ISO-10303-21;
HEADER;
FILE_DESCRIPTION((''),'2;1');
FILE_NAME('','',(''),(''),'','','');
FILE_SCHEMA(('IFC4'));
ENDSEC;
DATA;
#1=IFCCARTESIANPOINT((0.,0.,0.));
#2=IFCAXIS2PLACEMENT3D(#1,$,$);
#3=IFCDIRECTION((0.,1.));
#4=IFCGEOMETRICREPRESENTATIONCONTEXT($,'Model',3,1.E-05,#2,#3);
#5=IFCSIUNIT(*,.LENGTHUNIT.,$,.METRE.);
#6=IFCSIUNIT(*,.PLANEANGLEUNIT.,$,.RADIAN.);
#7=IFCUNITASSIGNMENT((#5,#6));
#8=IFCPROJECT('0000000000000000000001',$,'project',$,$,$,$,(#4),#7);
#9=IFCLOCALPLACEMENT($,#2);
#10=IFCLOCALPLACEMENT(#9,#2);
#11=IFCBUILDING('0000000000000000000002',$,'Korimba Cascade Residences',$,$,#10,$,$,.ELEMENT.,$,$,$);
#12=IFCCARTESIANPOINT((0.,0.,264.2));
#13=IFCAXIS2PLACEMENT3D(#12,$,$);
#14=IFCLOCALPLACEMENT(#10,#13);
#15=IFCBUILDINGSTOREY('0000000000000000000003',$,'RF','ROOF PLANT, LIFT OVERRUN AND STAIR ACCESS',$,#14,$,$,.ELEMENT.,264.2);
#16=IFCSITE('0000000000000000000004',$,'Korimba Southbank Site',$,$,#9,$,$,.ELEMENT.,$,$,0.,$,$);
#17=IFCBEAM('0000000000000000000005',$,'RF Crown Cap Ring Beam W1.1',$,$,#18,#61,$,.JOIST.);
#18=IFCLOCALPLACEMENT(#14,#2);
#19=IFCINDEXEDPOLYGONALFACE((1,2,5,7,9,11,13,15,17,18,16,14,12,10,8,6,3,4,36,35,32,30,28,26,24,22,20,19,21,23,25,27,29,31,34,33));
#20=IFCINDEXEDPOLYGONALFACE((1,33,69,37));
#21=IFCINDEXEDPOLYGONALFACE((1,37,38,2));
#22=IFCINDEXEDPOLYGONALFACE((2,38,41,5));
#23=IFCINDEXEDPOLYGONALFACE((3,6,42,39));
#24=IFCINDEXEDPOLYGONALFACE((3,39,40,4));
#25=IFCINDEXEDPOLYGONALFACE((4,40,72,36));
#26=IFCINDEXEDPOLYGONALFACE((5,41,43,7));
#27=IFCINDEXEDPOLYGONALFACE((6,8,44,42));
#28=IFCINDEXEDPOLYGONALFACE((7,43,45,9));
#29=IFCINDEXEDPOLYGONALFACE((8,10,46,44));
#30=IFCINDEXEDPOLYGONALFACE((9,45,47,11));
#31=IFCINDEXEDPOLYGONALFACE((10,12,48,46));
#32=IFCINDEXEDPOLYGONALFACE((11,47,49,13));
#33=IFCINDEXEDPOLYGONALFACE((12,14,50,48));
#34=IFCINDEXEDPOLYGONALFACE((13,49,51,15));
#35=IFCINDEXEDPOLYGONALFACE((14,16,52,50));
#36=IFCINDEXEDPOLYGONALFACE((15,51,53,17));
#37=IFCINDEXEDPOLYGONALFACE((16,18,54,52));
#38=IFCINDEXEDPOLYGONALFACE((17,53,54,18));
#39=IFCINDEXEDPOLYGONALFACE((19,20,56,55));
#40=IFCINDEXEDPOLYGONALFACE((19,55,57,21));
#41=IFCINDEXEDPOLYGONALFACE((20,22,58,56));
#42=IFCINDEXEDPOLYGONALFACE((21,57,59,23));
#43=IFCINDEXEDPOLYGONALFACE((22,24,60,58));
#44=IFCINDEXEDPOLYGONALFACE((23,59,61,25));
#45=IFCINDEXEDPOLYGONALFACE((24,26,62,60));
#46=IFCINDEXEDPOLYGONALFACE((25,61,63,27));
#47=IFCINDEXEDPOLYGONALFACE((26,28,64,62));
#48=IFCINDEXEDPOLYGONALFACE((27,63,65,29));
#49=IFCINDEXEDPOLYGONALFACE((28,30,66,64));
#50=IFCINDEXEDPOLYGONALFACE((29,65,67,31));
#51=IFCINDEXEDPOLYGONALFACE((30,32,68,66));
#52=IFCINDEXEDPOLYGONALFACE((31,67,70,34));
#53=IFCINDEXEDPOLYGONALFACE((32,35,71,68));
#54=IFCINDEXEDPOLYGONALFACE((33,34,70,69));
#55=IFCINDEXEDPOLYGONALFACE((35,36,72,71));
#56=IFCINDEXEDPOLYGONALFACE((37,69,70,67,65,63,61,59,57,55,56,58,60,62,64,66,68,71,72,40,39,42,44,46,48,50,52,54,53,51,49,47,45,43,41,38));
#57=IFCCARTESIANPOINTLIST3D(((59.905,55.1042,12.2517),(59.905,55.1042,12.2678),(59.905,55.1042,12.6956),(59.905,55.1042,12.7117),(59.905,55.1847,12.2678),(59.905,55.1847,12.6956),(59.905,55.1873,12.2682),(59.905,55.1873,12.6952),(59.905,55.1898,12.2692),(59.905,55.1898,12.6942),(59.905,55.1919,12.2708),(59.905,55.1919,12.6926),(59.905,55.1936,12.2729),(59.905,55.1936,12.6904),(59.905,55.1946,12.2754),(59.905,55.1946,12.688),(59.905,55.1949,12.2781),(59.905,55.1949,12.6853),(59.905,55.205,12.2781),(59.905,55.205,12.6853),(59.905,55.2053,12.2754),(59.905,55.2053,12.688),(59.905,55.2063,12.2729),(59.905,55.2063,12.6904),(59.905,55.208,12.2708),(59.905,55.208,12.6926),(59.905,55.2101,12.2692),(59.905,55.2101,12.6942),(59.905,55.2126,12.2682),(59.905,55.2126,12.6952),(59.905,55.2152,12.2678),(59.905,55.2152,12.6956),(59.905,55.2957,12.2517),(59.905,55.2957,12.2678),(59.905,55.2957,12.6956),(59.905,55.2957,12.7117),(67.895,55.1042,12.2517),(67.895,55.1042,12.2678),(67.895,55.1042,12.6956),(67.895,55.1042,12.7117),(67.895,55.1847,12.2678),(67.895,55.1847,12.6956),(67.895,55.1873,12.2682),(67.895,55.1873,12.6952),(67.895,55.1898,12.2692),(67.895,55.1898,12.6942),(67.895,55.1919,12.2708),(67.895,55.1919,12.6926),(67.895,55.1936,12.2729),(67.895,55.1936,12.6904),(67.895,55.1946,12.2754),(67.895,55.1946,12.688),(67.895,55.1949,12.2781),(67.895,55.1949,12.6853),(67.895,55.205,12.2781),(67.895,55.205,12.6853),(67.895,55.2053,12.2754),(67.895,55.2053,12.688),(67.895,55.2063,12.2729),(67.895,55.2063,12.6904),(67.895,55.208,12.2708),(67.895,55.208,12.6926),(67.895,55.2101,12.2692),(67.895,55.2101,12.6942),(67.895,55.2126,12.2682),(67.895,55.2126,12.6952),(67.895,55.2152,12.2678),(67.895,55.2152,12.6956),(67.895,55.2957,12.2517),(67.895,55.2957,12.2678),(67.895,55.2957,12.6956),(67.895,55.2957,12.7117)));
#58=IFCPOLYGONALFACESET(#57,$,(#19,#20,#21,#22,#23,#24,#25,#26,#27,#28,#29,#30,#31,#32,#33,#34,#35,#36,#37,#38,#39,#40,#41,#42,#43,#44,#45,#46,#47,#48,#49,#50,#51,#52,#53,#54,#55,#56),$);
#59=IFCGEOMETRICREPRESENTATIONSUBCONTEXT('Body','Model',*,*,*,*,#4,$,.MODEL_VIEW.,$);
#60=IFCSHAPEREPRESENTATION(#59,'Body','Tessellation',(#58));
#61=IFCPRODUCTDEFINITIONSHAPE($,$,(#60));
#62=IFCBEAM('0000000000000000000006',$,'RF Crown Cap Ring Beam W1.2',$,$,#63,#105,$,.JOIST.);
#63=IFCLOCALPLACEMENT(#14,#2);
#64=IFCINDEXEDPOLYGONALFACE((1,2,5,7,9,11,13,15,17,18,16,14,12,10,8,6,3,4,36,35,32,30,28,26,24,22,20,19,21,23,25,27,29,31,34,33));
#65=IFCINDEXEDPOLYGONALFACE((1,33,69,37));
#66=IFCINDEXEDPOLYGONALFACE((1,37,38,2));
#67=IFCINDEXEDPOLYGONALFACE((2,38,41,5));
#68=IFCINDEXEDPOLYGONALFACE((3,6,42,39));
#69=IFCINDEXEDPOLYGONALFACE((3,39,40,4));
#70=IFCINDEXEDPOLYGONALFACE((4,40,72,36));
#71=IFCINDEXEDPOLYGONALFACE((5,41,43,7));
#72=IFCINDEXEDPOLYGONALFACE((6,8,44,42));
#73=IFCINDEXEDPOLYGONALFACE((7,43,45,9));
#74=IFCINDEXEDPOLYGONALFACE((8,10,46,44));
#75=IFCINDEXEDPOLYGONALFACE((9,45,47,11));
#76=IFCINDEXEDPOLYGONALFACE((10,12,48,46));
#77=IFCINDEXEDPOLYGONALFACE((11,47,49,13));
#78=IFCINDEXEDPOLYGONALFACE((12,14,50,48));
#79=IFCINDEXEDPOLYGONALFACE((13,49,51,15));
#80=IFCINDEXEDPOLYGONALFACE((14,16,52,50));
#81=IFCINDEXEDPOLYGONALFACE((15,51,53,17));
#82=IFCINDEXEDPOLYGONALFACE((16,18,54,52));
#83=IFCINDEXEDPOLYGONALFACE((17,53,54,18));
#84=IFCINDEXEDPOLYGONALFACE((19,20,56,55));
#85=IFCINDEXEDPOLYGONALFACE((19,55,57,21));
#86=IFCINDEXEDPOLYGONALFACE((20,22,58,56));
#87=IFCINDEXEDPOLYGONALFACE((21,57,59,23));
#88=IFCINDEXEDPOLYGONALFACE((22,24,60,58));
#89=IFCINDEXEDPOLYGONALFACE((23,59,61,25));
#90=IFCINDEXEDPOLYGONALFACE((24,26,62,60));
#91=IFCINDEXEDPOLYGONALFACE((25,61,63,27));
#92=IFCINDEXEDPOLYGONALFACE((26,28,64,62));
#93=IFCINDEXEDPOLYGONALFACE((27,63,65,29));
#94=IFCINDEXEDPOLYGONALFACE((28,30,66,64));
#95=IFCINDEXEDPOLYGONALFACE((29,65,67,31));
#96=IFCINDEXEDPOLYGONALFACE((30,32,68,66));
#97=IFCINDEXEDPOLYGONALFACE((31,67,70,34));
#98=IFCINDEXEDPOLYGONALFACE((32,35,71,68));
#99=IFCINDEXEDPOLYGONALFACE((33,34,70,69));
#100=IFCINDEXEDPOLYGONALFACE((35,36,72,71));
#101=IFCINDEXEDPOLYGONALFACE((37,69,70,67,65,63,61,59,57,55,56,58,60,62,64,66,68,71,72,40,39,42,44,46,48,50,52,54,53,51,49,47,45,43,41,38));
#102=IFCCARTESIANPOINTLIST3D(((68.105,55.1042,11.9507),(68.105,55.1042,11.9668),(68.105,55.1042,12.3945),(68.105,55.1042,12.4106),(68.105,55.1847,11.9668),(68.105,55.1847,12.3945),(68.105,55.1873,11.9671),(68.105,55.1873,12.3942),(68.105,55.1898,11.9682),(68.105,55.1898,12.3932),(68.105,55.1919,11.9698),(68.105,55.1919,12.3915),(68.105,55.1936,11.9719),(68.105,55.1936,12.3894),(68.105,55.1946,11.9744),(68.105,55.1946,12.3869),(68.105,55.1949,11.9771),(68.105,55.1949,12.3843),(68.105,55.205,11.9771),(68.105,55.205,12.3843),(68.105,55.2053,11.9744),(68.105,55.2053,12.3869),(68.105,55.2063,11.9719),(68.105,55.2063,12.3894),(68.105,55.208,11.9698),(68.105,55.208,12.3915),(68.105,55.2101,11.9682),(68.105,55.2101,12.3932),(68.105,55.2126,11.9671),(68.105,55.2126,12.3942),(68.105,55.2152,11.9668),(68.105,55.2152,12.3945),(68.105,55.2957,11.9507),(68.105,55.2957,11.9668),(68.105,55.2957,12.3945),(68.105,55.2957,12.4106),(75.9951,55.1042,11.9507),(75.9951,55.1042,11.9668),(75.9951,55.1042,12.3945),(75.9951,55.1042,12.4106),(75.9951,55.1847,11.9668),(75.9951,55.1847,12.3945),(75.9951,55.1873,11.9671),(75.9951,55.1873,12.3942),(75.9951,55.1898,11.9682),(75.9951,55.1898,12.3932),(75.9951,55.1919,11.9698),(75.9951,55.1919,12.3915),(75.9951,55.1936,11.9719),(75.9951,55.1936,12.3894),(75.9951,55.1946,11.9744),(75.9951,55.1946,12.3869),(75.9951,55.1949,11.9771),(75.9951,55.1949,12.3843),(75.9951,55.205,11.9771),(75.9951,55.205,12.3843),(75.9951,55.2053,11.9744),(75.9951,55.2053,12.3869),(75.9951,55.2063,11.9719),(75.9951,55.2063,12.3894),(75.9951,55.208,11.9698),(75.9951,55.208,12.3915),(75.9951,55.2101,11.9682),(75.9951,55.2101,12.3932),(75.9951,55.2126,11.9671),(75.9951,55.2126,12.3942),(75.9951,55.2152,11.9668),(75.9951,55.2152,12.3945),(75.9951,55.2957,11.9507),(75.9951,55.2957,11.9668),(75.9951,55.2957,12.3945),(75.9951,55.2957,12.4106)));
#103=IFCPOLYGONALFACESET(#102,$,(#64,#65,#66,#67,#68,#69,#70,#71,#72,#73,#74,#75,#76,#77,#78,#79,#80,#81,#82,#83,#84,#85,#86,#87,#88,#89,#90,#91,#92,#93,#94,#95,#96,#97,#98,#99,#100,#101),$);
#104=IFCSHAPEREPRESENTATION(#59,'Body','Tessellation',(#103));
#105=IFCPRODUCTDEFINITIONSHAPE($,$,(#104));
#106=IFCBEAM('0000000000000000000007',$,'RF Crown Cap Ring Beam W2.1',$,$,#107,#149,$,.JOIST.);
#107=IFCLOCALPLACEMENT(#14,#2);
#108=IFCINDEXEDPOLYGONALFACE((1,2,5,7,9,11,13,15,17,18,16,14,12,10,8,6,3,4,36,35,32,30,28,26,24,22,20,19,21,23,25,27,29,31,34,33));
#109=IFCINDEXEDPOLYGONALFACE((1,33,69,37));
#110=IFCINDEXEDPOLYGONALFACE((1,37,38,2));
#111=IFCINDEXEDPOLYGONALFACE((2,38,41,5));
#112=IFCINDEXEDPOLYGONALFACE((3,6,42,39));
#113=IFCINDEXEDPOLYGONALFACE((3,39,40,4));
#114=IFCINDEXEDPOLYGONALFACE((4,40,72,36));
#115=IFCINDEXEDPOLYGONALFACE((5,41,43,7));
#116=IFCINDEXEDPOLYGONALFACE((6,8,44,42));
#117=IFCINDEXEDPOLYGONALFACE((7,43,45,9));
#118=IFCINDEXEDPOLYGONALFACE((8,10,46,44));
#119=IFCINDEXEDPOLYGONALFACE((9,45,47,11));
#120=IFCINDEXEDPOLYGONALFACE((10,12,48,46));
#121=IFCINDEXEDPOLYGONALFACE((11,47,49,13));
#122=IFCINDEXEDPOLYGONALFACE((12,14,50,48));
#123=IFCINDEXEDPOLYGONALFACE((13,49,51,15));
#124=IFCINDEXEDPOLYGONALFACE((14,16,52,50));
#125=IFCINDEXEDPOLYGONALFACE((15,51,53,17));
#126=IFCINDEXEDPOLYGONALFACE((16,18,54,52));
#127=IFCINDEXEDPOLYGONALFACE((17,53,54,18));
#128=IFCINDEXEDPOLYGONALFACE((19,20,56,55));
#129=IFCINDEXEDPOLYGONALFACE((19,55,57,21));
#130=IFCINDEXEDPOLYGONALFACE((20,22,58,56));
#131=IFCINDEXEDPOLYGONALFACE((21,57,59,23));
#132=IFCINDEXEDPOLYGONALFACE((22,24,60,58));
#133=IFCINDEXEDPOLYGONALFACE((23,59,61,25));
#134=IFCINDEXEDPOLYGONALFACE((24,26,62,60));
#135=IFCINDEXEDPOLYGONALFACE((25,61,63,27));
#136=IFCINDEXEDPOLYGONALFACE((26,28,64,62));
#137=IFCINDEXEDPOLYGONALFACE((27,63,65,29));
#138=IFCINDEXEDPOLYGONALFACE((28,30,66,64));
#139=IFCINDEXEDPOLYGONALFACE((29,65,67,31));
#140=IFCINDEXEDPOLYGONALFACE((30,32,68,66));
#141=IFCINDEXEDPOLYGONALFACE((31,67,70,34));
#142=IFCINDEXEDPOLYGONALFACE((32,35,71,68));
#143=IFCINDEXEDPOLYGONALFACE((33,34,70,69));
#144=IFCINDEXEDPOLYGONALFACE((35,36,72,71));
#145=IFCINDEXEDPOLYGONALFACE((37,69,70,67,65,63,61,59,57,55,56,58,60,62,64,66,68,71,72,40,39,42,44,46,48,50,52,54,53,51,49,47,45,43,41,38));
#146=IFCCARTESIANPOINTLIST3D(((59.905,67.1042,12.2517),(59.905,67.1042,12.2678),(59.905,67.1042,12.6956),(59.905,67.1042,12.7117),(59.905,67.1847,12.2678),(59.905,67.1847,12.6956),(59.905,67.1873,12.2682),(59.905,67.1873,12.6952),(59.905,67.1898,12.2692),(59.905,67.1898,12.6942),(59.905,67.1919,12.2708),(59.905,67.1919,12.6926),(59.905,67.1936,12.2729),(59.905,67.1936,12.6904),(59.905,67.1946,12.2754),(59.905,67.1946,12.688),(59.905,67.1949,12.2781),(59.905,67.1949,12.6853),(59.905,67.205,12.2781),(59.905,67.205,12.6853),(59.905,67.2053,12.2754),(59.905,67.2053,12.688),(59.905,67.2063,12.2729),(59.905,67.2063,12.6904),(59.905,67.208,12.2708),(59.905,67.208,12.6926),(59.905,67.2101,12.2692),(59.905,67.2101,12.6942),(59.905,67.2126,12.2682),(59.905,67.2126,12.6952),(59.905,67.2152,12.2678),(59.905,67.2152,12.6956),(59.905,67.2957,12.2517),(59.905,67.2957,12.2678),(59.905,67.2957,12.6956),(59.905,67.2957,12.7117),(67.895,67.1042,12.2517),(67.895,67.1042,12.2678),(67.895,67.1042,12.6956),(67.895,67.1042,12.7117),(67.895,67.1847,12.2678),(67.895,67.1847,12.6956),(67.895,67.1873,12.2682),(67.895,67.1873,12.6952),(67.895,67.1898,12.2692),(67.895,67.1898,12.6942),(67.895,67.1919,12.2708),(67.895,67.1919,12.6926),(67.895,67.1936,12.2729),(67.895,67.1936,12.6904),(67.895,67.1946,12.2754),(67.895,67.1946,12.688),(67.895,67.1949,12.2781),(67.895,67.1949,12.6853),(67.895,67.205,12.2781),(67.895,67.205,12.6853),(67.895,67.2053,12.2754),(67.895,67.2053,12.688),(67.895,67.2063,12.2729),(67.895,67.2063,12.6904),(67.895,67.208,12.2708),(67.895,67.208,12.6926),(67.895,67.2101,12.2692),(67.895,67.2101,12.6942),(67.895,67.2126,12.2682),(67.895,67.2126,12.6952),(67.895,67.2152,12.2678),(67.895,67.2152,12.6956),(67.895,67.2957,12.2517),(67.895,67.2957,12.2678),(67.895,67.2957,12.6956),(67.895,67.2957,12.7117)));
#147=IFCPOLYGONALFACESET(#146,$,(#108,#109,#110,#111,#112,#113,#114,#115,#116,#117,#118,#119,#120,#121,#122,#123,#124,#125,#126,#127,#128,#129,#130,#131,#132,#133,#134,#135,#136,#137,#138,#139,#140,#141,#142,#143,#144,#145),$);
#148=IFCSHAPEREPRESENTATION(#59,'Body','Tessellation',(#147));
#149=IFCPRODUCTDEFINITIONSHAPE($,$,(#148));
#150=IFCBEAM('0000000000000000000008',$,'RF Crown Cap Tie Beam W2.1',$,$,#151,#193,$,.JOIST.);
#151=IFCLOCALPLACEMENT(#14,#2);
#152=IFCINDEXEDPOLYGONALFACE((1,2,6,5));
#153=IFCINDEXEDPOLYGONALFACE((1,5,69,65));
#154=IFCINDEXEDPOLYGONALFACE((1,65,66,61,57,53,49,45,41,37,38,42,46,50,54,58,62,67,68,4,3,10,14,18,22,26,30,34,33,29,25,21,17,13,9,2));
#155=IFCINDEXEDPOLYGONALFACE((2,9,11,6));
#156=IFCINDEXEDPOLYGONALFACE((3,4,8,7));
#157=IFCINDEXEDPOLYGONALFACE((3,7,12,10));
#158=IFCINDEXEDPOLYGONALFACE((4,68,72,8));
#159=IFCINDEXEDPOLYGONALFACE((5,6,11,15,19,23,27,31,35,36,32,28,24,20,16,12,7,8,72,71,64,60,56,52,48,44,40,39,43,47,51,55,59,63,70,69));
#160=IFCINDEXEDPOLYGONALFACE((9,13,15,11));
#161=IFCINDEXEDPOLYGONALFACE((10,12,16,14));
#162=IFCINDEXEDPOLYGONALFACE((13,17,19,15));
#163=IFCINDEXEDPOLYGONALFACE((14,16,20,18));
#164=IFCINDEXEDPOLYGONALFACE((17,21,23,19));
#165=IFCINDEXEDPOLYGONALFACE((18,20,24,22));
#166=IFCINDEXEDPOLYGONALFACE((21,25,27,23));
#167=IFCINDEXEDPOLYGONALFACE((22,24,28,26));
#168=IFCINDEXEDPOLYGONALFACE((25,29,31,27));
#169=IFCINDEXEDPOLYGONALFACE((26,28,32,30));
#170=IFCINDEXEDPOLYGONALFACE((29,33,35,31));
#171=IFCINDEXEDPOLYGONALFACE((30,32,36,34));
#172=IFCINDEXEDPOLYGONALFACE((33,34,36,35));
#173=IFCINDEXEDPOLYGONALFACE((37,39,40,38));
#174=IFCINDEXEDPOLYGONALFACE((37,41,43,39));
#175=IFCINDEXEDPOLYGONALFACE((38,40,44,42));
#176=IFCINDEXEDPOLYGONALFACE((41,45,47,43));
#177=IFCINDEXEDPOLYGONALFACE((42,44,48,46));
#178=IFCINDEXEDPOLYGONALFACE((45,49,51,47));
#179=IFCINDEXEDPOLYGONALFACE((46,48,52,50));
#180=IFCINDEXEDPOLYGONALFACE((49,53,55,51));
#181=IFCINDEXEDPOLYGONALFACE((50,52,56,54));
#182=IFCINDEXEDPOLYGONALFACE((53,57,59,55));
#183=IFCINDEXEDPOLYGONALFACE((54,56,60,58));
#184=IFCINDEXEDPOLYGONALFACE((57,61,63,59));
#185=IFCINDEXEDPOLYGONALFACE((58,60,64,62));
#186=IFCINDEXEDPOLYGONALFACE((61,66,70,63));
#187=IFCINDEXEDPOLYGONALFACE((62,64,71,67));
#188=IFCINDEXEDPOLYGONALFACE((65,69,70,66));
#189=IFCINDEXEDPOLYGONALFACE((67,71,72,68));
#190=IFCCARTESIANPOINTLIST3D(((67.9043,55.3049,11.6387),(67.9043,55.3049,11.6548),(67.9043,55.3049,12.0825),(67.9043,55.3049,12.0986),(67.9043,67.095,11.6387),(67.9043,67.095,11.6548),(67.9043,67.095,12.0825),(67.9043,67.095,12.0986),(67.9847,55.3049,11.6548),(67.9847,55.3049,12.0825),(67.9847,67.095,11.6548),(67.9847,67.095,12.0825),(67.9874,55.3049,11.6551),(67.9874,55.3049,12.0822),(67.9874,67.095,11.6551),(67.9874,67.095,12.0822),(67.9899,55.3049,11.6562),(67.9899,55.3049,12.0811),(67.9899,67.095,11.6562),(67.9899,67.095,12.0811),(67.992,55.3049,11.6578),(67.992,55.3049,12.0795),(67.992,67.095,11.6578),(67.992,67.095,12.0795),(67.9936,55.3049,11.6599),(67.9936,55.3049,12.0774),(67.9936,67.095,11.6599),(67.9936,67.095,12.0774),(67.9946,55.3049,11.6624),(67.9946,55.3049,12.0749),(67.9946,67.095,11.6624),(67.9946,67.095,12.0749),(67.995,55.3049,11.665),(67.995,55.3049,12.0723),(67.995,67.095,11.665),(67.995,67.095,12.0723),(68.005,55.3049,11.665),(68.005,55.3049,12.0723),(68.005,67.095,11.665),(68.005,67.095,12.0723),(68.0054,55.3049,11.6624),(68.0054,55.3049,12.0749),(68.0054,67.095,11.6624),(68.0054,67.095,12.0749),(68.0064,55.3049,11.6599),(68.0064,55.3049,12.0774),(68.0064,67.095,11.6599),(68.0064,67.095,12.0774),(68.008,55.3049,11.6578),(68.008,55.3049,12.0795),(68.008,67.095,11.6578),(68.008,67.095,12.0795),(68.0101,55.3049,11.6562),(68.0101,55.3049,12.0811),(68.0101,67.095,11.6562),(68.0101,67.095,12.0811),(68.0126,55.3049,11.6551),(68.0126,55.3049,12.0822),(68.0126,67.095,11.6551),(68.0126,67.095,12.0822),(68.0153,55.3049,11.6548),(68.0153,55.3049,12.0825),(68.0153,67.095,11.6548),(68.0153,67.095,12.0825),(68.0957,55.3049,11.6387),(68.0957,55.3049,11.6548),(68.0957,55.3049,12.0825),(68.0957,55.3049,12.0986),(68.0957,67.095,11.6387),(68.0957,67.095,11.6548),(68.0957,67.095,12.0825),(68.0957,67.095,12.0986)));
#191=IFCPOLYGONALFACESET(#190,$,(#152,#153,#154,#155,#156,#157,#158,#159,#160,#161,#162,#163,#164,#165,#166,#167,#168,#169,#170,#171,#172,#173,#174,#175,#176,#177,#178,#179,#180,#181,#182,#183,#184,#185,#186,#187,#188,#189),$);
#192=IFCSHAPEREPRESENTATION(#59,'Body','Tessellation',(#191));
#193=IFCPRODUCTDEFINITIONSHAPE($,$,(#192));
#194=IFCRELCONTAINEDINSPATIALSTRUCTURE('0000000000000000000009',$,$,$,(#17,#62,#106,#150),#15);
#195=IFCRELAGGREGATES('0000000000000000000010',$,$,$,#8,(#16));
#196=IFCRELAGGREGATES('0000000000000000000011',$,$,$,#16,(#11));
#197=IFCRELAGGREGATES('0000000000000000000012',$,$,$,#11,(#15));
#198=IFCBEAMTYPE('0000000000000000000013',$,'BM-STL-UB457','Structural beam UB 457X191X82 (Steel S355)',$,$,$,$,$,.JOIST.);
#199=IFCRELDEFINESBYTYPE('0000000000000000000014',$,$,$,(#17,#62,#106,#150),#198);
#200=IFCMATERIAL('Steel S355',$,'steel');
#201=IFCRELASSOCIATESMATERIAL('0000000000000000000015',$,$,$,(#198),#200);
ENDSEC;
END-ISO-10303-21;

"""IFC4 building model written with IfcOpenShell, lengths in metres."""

from ifc_helpers import new_model, si_unit, direction, frame, origin, origin_2d, place, context, subcontext, project, spatial, i_section, extrude, material, material_profile, profile_set, type_object, element, save


model = new_model("IFC4")

# Units and contexts
model_context = context("Model", 3, precision=1e-05, world=origin(), true_north=direction((0.0, 1.0)))
body_context = subcontext(model_context, "Body", "Model", "MODEL_VIEW")
ifc_project = project(units=[si_unit("LENGTHUNIT", "METRE"), si_unit("PLANEANGLEUNIT", "RADIAN")], contexts=[model_context])

# Site, building, storey
site_placement = place(None, origin())
site = spatial("IfcSite", under=ifc_project, at=site_placement, Name="Korimba Southbank Site", CompositionType="ELEMENT", RefElevation=0.0)
building_placement = place(site_placement, origin())
building = spatial("IfcBuilding", under=site, at=building_placement, Name="Korimba Cascade Residences", CompositionType="ELEMENT")
storey_placement = place(building_placement, frame((0.0, 0.0, 264.2)))
storey = spatial("IfcBuildingStorey", under=building, at=storey_placement, Name="RF", Description="ROOF PLANT, LIFT OVERRUN AND STAIR ACCESS", CompositionType="ELEMENT", Elevation=264.2)

# Shared definitions
ifc_material_1 = material(Name="Steel S355", Category="steel")

# Beams
ifc_material_profile_1 = material_profile(ifc_material_1, i_section(OverallWidth=0.1914, OverallDepth=0.46, WebThickness=0.01, FlangeThickness=0.0161, FilletRadius=0.0103, at=origin_2d()), Name="Steel S355")
ifc_profile_set_1 = profile_set([ifc_material_profile_1], Name="Steel S355")
beam_type_1 = type_object("IfcBeamType", Name="BM-STL-UB457", Description="Structural beam UB 457X191X82 (Steel S355)", PredefinedType="JOIST", material=ifc_profile_set_1)
beam_1_placement = place(storey_placement, frame((59.905, 55.2, 12.4817), z_axis=(1.0, 0.0, 0.0), x_axis=(0.0, 1.0, 0.0)))
element("IfcBeam", 1, at=beam_1_placement, inside=storey, type_object=beam_type_1, Name="RF Crown Cap Ring Beam W1.1", PredefinedType="JOIST", context=body_context, shape_type="SweptSolid", body=[
    extrude(i_section(OverallWidth=0.1914, OverallDepth=0.46, WebThickness=0.01, FlangeThickness=0.0161, FilletRadius=0.0103, at=origin_2d()), origin(), (0.0, 0.0, 1.0), 7.99),
])
beam_2_placement = place(storey_placement, frame((68.105, 55.2, 12.1807), z_axis=(1.0, 0.0, 0.0), x_axis=(0.0, 1.0, 0.0)))
element("IfcBeam", 2, at=beam_2_placement, inside=storey, type_object=beam_type_1, Name="RF Crown Cap Ring Beam W1.2", PredefinedType="JOIST", context=body_context, shape_type="SweptSolid", body=[
    extrude(i_section(OverallWidth=0.1914, OverallDepth=0.46, WebThickness=0.01, FlangeThickness=0.0161, FilletRadius=0.0103, at=origin_2d()), origin(), (0.0, 0.0, 1.0), 7.8901),
])
beam_3_placement = place(storey_placement, frame((59.905, 67.2, 12.4817), z_axis=(1.0, 0.0, 0.0), x_axis=(0.0, 1.0, 0.0)))
element("IfcBeam", 3, at=beam_3_placement, inside=storey, type_object=beam_type_1, Name="RF Crown Cap Ring Beam W2.1", PredefinedType="JOIST", context=body_context, shape_type="SweptSolid", body=[
    extrude(i_section(OverallWidth=0.1914, OverallDepth=0.46, WebThickness=0.01, FlangeThickness=0.0161, FilletRadius=0.0103, at=origin_2d()), origin(), (0.0, 0.0, 1.0), 7.99),
])
beam_4_placement = place(storey_placement, frame((68.0, 55.3049, 11.8687), z_axis=(0.0, 1.0, 0.0), x_axis=(-1.0, 0.0, 0.0)))
element("IfcBeam", 4, at=beam_4_placement, inside=storey, type_object=beam_type_1, Name="RF Crown Cap Tie Beam W2.1", PredefinedType="JOIST", context=body_context, shape_type="SweptSolid", body=[
    extrude(i_section(OverallWidth=0.1914, OverallDepth=0.46, WebThickness=0.01, FlangeThickness=0.0161, FilletRadius=0.0103, at=origin_2d()), origin(), (0.0, 0.0, 1.0), 11.79),
])

save(model, "model.ifc")
